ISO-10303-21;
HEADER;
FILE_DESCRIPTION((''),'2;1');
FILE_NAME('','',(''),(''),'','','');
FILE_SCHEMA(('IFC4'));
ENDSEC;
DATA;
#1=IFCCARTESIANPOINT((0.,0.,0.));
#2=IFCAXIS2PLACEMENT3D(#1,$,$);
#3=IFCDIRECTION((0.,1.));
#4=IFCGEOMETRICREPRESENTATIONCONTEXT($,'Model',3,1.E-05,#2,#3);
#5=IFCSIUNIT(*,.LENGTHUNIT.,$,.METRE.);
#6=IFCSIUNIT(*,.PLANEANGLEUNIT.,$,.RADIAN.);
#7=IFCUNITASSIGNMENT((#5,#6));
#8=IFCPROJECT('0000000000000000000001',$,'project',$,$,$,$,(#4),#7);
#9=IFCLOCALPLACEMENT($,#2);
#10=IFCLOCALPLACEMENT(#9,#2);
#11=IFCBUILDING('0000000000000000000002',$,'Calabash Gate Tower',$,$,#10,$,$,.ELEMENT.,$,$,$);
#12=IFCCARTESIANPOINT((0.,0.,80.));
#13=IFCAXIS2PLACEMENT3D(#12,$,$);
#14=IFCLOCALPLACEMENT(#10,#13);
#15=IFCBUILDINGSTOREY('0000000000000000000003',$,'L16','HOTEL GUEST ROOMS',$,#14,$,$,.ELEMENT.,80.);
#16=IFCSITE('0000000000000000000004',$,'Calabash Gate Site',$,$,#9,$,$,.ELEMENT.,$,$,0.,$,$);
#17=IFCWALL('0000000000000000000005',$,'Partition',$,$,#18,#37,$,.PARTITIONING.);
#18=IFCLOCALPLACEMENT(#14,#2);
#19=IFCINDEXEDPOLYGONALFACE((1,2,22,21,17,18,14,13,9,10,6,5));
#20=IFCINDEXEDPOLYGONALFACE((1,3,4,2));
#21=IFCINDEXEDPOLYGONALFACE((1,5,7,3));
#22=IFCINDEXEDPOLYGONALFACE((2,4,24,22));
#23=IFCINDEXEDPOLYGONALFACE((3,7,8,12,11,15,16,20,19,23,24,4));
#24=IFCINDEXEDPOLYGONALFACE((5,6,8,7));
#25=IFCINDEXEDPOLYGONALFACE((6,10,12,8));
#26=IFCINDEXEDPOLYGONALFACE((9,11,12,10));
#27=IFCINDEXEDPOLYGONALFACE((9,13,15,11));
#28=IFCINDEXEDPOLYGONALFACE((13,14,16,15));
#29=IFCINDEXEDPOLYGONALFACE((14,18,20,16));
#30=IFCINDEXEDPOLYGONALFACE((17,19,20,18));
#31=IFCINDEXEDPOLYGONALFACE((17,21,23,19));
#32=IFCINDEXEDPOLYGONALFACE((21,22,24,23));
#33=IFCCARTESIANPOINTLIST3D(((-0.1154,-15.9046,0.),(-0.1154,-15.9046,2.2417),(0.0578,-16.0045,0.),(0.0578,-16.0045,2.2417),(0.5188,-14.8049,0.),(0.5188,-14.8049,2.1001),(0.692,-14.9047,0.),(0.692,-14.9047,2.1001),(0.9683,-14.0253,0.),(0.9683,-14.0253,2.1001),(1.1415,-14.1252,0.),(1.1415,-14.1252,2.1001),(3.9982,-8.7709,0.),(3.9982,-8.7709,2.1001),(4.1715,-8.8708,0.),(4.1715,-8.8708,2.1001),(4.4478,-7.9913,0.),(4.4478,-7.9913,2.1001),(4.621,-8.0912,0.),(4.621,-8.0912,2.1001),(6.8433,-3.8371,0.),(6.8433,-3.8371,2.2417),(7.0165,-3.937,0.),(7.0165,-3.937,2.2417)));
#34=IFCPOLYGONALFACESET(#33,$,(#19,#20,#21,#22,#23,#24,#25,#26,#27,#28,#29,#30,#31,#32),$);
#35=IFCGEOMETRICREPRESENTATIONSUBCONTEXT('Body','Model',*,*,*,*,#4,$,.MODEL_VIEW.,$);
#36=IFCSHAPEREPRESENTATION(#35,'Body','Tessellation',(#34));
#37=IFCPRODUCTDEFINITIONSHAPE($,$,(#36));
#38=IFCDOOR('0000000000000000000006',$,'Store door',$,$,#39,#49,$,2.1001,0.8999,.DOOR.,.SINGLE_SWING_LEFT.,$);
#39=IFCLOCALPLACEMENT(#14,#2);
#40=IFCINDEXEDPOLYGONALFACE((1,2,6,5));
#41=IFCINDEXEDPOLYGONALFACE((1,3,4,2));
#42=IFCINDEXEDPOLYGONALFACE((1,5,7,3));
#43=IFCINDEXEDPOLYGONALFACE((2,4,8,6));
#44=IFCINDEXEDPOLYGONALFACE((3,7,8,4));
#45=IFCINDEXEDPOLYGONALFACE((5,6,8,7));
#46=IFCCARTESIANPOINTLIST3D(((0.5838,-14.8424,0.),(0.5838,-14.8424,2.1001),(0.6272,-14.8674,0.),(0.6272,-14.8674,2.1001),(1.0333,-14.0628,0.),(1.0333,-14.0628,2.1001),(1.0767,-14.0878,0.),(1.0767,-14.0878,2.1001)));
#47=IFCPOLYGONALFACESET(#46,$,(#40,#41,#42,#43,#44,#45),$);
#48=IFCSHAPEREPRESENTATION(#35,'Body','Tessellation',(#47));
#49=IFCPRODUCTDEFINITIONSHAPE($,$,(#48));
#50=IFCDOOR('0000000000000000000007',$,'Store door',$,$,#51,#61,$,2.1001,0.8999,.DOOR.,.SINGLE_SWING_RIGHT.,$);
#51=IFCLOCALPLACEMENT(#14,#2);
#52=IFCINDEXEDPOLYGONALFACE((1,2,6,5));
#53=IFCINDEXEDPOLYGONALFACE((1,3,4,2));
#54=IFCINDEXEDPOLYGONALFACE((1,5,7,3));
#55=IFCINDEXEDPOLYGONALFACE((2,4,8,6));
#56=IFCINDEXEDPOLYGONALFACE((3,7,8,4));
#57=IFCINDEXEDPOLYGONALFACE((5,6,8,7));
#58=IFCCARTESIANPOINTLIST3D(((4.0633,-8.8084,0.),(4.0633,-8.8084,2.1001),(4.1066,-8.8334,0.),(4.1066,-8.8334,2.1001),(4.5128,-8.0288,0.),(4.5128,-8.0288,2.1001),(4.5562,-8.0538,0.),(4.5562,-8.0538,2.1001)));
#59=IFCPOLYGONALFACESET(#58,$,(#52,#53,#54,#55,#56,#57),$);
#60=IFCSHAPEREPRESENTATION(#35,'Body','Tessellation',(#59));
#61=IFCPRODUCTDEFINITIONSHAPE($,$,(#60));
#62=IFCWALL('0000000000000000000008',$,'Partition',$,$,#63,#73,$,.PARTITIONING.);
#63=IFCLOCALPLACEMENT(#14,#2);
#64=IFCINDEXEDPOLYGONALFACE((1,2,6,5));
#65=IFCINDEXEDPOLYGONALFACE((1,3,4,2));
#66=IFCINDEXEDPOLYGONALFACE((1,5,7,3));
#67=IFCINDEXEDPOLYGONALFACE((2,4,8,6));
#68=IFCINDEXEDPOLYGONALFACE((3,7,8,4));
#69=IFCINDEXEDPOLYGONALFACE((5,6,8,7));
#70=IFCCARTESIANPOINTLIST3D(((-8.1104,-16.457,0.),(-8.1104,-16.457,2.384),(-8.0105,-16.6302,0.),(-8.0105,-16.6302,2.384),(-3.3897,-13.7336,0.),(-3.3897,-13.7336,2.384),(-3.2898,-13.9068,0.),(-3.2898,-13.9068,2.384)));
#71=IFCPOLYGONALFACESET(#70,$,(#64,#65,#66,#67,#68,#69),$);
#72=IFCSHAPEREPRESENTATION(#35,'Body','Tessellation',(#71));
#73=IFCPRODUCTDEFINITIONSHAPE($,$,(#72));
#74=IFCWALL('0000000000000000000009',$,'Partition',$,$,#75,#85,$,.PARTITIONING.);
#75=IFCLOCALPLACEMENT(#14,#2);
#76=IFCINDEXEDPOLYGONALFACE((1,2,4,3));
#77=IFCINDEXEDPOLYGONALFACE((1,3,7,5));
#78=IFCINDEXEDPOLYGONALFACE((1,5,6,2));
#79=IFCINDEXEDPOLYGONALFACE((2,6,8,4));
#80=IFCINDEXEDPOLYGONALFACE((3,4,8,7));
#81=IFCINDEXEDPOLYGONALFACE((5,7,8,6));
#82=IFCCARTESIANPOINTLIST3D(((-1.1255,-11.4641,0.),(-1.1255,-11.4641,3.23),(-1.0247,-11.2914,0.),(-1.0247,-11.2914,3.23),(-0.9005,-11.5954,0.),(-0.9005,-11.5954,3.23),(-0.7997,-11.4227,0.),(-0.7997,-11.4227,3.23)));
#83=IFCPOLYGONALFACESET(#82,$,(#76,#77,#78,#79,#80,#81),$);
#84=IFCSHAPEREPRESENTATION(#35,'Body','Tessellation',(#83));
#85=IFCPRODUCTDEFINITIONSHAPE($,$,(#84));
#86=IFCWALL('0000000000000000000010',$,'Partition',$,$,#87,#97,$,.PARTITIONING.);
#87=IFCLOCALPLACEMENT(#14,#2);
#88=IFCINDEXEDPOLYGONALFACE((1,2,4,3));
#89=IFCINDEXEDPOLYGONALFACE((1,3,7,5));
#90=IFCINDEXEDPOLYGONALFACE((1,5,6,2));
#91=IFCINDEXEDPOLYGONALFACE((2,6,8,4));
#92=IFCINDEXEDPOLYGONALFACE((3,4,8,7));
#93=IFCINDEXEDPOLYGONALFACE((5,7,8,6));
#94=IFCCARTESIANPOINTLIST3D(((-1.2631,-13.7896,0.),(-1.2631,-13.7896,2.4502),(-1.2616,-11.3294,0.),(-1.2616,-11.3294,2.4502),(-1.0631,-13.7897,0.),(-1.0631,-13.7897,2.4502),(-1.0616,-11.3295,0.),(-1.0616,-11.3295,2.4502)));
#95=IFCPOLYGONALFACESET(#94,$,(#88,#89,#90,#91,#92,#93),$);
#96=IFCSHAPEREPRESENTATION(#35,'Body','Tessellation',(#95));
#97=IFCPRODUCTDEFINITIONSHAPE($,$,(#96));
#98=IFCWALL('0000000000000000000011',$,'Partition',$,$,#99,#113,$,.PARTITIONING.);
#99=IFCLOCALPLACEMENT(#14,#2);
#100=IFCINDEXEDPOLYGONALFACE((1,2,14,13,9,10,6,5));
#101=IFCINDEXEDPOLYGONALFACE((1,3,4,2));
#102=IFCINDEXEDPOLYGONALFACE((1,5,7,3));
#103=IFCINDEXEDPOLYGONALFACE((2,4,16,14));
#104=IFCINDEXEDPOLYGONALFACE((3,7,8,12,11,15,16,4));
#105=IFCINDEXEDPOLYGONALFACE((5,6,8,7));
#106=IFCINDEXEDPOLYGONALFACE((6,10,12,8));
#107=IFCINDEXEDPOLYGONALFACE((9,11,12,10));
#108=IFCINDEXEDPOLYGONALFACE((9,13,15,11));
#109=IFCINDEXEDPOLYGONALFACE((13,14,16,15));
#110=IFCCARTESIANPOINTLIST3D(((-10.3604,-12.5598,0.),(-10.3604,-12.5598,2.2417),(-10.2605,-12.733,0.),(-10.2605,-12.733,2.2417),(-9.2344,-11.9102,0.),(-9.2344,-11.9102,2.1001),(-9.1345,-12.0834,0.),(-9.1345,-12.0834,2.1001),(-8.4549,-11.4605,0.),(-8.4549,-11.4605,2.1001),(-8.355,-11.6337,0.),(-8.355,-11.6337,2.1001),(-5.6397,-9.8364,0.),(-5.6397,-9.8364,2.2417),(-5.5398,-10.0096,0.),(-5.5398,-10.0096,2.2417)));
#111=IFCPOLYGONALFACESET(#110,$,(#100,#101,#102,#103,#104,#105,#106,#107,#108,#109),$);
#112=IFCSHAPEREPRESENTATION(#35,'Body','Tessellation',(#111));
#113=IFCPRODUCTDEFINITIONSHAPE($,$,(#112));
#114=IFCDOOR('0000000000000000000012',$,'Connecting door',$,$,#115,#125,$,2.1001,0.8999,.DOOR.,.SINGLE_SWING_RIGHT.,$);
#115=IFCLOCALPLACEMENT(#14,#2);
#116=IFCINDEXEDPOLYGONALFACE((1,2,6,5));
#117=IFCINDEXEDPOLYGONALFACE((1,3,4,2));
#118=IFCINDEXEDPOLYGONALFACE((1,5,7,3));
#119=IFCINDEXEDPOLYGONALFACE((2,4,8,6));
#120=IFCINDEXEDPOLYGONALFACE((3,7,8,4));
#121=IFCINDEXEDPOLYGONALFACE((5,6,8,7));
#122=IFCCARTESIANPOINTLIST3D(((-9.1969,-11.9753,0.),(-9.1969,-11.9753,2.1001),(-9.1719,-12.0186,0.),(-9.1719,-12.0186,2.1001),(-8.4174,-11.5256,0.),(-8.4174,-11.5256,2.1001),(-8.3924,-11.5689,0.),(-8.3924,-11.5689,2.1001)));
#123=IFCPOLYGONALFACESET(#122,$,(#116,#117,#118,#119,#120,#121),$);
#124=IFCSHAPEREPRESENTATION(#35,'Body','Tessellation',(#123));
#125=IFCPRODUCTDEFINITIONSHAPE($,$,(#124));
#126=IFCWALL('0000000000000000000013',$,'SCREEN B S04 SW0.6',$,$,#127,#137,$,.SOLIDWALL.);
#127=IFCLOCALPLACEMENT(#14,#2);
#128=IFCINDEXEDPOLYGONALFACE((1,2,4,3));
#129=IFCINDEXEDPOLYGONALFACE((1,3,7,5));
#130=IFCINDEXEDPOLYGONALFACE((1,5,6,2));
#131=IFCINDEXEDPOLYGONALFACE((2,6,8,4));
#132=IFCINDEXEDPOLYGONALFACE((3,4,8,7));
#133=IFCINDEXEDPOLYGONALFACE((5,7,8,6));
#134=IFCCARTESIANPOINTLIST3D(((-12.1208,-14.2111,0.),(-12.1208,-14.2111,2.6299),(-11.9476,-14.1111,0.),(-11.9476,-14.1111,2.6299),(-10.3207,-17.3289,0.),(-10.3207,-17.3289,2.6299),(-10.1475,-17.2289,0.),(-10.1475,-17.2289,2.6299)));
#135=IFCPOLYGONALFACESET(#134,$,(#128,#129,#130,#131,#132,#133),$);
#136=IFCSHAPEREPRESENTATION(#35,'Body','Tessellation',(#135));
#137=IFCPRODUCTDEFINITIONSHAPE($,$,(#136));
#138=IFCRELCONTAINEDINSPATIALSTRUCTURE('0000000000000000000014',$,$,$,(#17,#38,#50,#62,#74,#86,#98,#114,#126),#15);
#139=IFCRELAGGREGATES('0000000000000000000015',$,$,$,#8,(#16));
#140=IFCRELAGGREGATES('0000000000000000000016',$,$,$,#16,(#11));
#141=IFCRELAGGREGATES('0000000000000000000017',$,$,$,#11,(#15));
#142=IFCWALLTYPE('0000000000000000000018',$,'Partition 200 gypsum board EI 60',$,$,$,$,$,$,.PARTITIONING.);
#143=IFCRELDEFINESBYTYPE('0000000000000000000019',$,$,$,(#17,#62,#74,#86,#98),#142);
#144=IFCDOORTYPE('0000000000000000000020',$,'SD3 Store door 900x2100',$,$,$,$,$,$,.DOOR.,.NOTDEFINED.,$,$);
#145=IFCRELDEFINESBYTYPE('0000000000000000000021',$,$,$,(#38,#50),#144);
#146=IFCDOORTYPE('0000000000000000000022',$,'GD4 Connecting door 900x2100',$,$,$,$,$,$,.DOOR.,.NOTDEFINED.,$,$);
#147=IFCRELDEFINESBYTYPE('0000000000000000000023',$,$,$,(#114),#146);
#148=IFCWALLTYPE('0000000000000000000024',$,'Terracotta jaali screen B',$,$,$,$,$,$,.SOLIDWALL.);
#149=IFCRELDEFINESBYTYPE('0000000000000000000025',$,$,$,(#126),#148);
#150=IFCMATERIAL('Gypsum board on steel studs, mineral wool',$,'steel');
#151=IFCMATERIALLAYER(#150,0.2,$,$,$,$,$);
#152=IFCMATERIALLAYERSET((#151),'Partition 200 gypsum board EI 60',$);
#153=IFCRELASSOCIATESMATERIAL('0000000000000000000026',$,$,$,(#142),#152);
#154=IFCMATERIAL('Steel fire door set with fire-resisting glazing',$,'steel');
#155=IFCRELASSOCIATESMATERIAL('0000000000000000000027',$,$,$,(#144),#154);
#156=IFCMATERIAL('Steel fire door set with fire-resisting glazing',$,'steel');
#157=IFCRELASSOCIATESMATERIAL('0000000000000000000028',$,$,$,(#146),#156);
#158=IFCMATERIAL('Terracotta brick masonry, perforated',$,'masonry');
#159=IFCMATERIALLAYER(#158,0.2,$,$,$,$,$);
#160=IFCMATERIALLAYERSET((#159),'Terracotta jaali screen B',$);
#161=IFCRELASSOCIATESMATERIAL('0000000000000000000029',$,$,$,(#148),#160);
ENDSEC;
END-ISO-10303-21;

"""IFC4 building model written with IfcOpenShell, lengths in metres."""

from ifc_helpers import new_model, si_unit, direction, frame, frame_2d, origin, place, context, subcontext, project, spatial, rectangle, extrude, material, layer, layer_set, type_object, element, fill, save


model = new_model("IFC4")

# Units and contexts
model_context = context("Model", 3, precision=1e-05, world=origin(), true_north=direction((0.0, 1.0)))
body_context = subcontext(model_context, "Body", "Model", "MODEL_VIEW")
ifc_project = project(units=[si_unit("LENGTHUNIT", "METRE"), si_unit("PLANEANGLEUNIT", "RADIAN")], contexts=[model_context])

# Site, building, storey
site_placement = place(None, origin())
site = spatial("IfcSite", under=ifc_project, at=site_placement, Name="Calabash Gate Site", CompositionType="ELEMENT", RefElevation=0.0)
building_placement = place(site_placement, origin())
building = spatial("IfcBuilding", under=site, at=building_placement, Name="Calabash Gate Tower", CompositionType="ELEMENT")
storey_placement = place(building_placement, frame((0.0, 0.0, 80.0)))
storey = spatial("IfcBuildingStorey", under=building, at=storey_placement, Name="L16", Description="HOTEL GUEST ROOMS", CompositionType="ELEMENT", Elevation=80.0)

# Wall, openings, doors
ifc_material_1 = material(Name="Gypsum board on steel studs, mineral wool", Category="steel")
ifc_layer_1 = layer(ifc_material_1, 0.2)
ifc_layer_set_1 = layer_set([ifc_layer_1], Name="Partition 200 gypsum board EI 60")
wall_type_1 = type_object("IfcWallType", Name="Partition 200 gypsum board EI 60", PredefinedType="PARTITIONING", material=ifc_layer_set_1)
wall_1_placement = place(storey_placement, frame((-0.0288, -15.9546, 0.0), z_axis=(0.0, 0.0, 1.0), x_axis=(0.499542, 0.86629, 0.0)))
wall_1 = element("IfcWall", 1, at=wall_1_placement, inside=storey, type_object=wall_type_1, Name="Partition", PredefinedType="PARTITIONING", context=body_context, shape_type="SweptSolid", body=[
    extrude(rectangle(XDim=13.9302, YDim=0.2, at=frame_2d((6.9651, 0.0))), origin(), (0.0, 0.0, 1.0), 2.2417),
])
opening_1_placement = place(wall_1_placement, frame((1.2695, 0.0, 0.0)))
opening_1 = element("IfcOpeningElement", 2, at=opening_1_placement, cuts=wall_1, PredefinedType="OPENING", context=body_context, shape_type="SweptSolid", body=[
    extrude(rectangle(XDim=0.8999, YDim=2.1001, at=frame_2d((0.45, 1.05))), frame((0.0, 0.1099, 0.0), z_axis=(0.0, -1.0, 0.0), x_axis=(1.0, 0.0, 0.0)), (0.0, 0.0, 1.0), 0.22),
])
opening_2_placement = place(wall_1_placement, frame((8.2349, 0.0, 0.0)))
opening_2 = element("IfcOpeningElement", 3, at=opening_2_placement, cuts=wall_1, PredefinedType="OPENING", context=body_context, shape_type="SweptSolid", body=[
    extrude(rectangle(XDim=0.8999, YDim=2.1001, at=frame_2d((0.45, 1.05))), frame((0.0, 0.1099, 0.0), z_axis=(0.0, -1.0, 0.0), x_axis=(1.0, 0.0, 0.0)), (0.0, 0.0, 1.0), 0.22),
])
ifc_material_2 = material(Name="Steel fire door set with fire-resisting glazing", Category="steel")
door_type_1 = type_object("IfcDoorType", Name="SD3 Store door 900x2100", OperationType="NOTDEFINED", PredefinedType="DOOR", material=ifc_material_2)
door_1_placement = place(opening_1_placement, origin())
door_1 = element("IfcDoor", 4, at=door_1_placement, inside=storey, type_object=door_type_1, Name="Store door", OperationType="SINGLE_SWING_LEFT", OverallHeight=2.1001, OverallWidth=0.8999, PredefinedType="DOOR", context=body_context, shape_type="SweptSolid", body=[
    extrude(rectangle(XDim=0.8999, YDim=2.1001, at=frame_2d((0.45, 1.05))), frame((0.0, 0.0249, 0.0), z_axis=(0.0, -1.0, 0.0), x_axis=(1.0, 0.0, 0.0)), (0.0, 0.0, 1.0), 0.05),
])
fill(opening_1, door_1)
door_2_placement = place(opening_2_placement, origin())
door_2 = element("IfcDoor", 5, at=door_2_placement, inside=storey, type_object=door_type_1, Name="Store door", OperationType="SINGLE_SWING_RIGHT", OverallHeight=2.1001, OverallWidth=0.8999, PredefinedType="DOOR", context=body_context, shape_type="SweptSolid", body=[
    extrude(rectangle(XDim=0.8999, YDim=2.1001, at=frame_2d((0.45, 1.05))), frame((0.0, 0.0249, 0.0), z_axis=(0.0, -1.0, 0.0), x_axis=(1.0, 0.0, 0.0)), (0.0, 0.0, 1.0), 0.05),
])
fill(opening_2, door_2)

# Walls
wall_2_placement = place(storey_placement, frame((-8.0605, -16.5437, 0.0), z_axis=(0.0, 0.0, 1.0), x_axis=(0.866193, 0.49971, 0.0)))
element("IfcWall", 6, at=wall_2_placement, inside=storey, type_object=wall_type_1, Name="Partition", PredefinedType="PARTITIONING", context=body_context, shape_type="SweptSolid", body=[
    extrude(rectangle(XDim=5.45, YDim=0.2, at=frame_2d((2.7251, 0.0))), origin(), (0.0, 0.0, 1.0), 2.384),
])
wall_3_placement = place(storey_placement, frame((-1.0752, -11.3777, 0.0), z_axis=(0.0, 0.0, 1.0), x_axis=(0.863711, -0.503988, 0.0)))
element("IfcWall", 7, at=wall_3_placement, inside=storey, type_object=wall_type_1, Name="Partition", PredefinedType="PARTITIONING", context=body_context, shape_type="SweptSolid", body=[
    extrude(rectangle(XDim=0.2605, YDim=0.2, at=frame_2d((0.1304, 0.0))), origin(), (0.0, 0.0, 1.0), 3.23),
])
wall_4_placement = place(storey_placement, frame((-1.1631, -13.7896, 0.0), z_axis=(0.0, 0.0, 1.0), x_axis=(0.000595, 1.0, 0.0)))
element("IfcWall", 8, at=wall_4_placement, inside=storey, type_object=wall_type_1, Name="Partition", PredefinedType="PARTITIONING", context=body_context, shape_type="SweptSolid", body=[
    extrude(rectangle(XDim=2.4602, YDim=0.2, at=frame_2d((1.23, 0.0))), origin(), (0.0, 0.0, 1.0), 2.4502),
])

# Wall, opening, door
wall_5_placement = place(storey_placement, frame((-10.3105, -12.6465, 0.0), z_axis=(0.0, 0.0, 1.0), x_axis=(0.866193, 0.49971, 0.0)))
wall_5 = element("IfcWall", 9, at=wall_5_placement, inside=storey, type_object=wall_type_1, Name="Partition", PredefinedType="PARTITIONING", context=body_context, shape_type="SweptSolid", body=[
    extrude(rectangle(XDim=5.45, YDim=0.2, at=frame_2d((2.7251, 0.0))), origin(), (0.0, 0.0, 1.0), 2.2417),
])
opening_3_placement = place(wall_5_placement, frame((1.3, 0.0, 0.0)))
opening_3 = element("IfcOpeningElement", 10, at=opening_3_placement, cuts=wall_5, PredefinedType="OPENING", context=body_context, shape_type="SweptSolid", body=[
    extrude(rectangle(XDim=0.8999, YDim=2.1001, at=frame_2d((0.45, 1.05))), frame((0.0, 0.1099, 0.0), z_axis=(0.0, -1.0, 0.0), x_axis=(1.0, 0.0, 0.0)), (0.0, 0.0, 1.0), 0.22),
])
ifc_material_3 = material(Name="Steel fire door set with fire-resisting glazing", Category="steel")
door_type_2 = type_object("IfcDoorType", Name="GD4 Connecting door 900x2100", OperationType="NOTDEFINED", PredefinedType="DOOR", material=ifc_material_3)
door_3_placement = place(opening_3_placement, origin())
door_3 = element("IfcDoor", 11, at=door_3_placement, inside=storey, type_object=door_type_2, Name="Connecting door", OperationType="SINGLE_SWING_RIGHT", OverallHeight=2.1001, OverallWidth=0.8999, PredefinedType="DOOR", context=body_context, shape_type="SweptSolid", body=[
    extrude(rectangle(XDim=0.8999, YDim=2.1001, at=frame_2d((0.45, 1.05))), frame((0.0, 0.0249, 0.0), z_axis=(0.0, -1.0, 0.0), x_axis=(1.0, 0.0, 0.0)), (0.0, 0.0, 1.0), 0.05),
])
fill(opening_3, door_3)

# Wall
ifc_material_4 = material(Name="Terracotta brick masonry, perforated", Category="masonry")
ifc_layer_2 = layer(ifc_material_4, 0.2)
ifc_layer_set_2 = layer_set([ifc_layer_2], Name="Terracotta jaali screen B")
wall_type_2 = type_object("IfcWallType", Name="Terracotta jaali screen B", PredefinedType="SOLIDWALL", material=ifc_layer_set_2)
wall_6_placement = place(storey_placement, frame((-12.0342, -14.1611, 0.0), z_axis=(0.0, 0.0, 1.0), x_axis=(0.500012, -0.866018, 0.0)))
element("IfcWall", 12, at=wall_6_placement, inside=storey, type_object=wall_type_2, Name="SCREEN B S04 SW0.6", PredefinedType="SOLIDWALL", context=body_context, shape_type="SweptSolid", body=[
    extrude(rectangle(XDim=3.6001, YDim=0.2, at=frame_2d((1.8, 0.0))), origin(), (0.0, 0.0, 1.0), 2.6299),
])

save(model, "model.ifc")
